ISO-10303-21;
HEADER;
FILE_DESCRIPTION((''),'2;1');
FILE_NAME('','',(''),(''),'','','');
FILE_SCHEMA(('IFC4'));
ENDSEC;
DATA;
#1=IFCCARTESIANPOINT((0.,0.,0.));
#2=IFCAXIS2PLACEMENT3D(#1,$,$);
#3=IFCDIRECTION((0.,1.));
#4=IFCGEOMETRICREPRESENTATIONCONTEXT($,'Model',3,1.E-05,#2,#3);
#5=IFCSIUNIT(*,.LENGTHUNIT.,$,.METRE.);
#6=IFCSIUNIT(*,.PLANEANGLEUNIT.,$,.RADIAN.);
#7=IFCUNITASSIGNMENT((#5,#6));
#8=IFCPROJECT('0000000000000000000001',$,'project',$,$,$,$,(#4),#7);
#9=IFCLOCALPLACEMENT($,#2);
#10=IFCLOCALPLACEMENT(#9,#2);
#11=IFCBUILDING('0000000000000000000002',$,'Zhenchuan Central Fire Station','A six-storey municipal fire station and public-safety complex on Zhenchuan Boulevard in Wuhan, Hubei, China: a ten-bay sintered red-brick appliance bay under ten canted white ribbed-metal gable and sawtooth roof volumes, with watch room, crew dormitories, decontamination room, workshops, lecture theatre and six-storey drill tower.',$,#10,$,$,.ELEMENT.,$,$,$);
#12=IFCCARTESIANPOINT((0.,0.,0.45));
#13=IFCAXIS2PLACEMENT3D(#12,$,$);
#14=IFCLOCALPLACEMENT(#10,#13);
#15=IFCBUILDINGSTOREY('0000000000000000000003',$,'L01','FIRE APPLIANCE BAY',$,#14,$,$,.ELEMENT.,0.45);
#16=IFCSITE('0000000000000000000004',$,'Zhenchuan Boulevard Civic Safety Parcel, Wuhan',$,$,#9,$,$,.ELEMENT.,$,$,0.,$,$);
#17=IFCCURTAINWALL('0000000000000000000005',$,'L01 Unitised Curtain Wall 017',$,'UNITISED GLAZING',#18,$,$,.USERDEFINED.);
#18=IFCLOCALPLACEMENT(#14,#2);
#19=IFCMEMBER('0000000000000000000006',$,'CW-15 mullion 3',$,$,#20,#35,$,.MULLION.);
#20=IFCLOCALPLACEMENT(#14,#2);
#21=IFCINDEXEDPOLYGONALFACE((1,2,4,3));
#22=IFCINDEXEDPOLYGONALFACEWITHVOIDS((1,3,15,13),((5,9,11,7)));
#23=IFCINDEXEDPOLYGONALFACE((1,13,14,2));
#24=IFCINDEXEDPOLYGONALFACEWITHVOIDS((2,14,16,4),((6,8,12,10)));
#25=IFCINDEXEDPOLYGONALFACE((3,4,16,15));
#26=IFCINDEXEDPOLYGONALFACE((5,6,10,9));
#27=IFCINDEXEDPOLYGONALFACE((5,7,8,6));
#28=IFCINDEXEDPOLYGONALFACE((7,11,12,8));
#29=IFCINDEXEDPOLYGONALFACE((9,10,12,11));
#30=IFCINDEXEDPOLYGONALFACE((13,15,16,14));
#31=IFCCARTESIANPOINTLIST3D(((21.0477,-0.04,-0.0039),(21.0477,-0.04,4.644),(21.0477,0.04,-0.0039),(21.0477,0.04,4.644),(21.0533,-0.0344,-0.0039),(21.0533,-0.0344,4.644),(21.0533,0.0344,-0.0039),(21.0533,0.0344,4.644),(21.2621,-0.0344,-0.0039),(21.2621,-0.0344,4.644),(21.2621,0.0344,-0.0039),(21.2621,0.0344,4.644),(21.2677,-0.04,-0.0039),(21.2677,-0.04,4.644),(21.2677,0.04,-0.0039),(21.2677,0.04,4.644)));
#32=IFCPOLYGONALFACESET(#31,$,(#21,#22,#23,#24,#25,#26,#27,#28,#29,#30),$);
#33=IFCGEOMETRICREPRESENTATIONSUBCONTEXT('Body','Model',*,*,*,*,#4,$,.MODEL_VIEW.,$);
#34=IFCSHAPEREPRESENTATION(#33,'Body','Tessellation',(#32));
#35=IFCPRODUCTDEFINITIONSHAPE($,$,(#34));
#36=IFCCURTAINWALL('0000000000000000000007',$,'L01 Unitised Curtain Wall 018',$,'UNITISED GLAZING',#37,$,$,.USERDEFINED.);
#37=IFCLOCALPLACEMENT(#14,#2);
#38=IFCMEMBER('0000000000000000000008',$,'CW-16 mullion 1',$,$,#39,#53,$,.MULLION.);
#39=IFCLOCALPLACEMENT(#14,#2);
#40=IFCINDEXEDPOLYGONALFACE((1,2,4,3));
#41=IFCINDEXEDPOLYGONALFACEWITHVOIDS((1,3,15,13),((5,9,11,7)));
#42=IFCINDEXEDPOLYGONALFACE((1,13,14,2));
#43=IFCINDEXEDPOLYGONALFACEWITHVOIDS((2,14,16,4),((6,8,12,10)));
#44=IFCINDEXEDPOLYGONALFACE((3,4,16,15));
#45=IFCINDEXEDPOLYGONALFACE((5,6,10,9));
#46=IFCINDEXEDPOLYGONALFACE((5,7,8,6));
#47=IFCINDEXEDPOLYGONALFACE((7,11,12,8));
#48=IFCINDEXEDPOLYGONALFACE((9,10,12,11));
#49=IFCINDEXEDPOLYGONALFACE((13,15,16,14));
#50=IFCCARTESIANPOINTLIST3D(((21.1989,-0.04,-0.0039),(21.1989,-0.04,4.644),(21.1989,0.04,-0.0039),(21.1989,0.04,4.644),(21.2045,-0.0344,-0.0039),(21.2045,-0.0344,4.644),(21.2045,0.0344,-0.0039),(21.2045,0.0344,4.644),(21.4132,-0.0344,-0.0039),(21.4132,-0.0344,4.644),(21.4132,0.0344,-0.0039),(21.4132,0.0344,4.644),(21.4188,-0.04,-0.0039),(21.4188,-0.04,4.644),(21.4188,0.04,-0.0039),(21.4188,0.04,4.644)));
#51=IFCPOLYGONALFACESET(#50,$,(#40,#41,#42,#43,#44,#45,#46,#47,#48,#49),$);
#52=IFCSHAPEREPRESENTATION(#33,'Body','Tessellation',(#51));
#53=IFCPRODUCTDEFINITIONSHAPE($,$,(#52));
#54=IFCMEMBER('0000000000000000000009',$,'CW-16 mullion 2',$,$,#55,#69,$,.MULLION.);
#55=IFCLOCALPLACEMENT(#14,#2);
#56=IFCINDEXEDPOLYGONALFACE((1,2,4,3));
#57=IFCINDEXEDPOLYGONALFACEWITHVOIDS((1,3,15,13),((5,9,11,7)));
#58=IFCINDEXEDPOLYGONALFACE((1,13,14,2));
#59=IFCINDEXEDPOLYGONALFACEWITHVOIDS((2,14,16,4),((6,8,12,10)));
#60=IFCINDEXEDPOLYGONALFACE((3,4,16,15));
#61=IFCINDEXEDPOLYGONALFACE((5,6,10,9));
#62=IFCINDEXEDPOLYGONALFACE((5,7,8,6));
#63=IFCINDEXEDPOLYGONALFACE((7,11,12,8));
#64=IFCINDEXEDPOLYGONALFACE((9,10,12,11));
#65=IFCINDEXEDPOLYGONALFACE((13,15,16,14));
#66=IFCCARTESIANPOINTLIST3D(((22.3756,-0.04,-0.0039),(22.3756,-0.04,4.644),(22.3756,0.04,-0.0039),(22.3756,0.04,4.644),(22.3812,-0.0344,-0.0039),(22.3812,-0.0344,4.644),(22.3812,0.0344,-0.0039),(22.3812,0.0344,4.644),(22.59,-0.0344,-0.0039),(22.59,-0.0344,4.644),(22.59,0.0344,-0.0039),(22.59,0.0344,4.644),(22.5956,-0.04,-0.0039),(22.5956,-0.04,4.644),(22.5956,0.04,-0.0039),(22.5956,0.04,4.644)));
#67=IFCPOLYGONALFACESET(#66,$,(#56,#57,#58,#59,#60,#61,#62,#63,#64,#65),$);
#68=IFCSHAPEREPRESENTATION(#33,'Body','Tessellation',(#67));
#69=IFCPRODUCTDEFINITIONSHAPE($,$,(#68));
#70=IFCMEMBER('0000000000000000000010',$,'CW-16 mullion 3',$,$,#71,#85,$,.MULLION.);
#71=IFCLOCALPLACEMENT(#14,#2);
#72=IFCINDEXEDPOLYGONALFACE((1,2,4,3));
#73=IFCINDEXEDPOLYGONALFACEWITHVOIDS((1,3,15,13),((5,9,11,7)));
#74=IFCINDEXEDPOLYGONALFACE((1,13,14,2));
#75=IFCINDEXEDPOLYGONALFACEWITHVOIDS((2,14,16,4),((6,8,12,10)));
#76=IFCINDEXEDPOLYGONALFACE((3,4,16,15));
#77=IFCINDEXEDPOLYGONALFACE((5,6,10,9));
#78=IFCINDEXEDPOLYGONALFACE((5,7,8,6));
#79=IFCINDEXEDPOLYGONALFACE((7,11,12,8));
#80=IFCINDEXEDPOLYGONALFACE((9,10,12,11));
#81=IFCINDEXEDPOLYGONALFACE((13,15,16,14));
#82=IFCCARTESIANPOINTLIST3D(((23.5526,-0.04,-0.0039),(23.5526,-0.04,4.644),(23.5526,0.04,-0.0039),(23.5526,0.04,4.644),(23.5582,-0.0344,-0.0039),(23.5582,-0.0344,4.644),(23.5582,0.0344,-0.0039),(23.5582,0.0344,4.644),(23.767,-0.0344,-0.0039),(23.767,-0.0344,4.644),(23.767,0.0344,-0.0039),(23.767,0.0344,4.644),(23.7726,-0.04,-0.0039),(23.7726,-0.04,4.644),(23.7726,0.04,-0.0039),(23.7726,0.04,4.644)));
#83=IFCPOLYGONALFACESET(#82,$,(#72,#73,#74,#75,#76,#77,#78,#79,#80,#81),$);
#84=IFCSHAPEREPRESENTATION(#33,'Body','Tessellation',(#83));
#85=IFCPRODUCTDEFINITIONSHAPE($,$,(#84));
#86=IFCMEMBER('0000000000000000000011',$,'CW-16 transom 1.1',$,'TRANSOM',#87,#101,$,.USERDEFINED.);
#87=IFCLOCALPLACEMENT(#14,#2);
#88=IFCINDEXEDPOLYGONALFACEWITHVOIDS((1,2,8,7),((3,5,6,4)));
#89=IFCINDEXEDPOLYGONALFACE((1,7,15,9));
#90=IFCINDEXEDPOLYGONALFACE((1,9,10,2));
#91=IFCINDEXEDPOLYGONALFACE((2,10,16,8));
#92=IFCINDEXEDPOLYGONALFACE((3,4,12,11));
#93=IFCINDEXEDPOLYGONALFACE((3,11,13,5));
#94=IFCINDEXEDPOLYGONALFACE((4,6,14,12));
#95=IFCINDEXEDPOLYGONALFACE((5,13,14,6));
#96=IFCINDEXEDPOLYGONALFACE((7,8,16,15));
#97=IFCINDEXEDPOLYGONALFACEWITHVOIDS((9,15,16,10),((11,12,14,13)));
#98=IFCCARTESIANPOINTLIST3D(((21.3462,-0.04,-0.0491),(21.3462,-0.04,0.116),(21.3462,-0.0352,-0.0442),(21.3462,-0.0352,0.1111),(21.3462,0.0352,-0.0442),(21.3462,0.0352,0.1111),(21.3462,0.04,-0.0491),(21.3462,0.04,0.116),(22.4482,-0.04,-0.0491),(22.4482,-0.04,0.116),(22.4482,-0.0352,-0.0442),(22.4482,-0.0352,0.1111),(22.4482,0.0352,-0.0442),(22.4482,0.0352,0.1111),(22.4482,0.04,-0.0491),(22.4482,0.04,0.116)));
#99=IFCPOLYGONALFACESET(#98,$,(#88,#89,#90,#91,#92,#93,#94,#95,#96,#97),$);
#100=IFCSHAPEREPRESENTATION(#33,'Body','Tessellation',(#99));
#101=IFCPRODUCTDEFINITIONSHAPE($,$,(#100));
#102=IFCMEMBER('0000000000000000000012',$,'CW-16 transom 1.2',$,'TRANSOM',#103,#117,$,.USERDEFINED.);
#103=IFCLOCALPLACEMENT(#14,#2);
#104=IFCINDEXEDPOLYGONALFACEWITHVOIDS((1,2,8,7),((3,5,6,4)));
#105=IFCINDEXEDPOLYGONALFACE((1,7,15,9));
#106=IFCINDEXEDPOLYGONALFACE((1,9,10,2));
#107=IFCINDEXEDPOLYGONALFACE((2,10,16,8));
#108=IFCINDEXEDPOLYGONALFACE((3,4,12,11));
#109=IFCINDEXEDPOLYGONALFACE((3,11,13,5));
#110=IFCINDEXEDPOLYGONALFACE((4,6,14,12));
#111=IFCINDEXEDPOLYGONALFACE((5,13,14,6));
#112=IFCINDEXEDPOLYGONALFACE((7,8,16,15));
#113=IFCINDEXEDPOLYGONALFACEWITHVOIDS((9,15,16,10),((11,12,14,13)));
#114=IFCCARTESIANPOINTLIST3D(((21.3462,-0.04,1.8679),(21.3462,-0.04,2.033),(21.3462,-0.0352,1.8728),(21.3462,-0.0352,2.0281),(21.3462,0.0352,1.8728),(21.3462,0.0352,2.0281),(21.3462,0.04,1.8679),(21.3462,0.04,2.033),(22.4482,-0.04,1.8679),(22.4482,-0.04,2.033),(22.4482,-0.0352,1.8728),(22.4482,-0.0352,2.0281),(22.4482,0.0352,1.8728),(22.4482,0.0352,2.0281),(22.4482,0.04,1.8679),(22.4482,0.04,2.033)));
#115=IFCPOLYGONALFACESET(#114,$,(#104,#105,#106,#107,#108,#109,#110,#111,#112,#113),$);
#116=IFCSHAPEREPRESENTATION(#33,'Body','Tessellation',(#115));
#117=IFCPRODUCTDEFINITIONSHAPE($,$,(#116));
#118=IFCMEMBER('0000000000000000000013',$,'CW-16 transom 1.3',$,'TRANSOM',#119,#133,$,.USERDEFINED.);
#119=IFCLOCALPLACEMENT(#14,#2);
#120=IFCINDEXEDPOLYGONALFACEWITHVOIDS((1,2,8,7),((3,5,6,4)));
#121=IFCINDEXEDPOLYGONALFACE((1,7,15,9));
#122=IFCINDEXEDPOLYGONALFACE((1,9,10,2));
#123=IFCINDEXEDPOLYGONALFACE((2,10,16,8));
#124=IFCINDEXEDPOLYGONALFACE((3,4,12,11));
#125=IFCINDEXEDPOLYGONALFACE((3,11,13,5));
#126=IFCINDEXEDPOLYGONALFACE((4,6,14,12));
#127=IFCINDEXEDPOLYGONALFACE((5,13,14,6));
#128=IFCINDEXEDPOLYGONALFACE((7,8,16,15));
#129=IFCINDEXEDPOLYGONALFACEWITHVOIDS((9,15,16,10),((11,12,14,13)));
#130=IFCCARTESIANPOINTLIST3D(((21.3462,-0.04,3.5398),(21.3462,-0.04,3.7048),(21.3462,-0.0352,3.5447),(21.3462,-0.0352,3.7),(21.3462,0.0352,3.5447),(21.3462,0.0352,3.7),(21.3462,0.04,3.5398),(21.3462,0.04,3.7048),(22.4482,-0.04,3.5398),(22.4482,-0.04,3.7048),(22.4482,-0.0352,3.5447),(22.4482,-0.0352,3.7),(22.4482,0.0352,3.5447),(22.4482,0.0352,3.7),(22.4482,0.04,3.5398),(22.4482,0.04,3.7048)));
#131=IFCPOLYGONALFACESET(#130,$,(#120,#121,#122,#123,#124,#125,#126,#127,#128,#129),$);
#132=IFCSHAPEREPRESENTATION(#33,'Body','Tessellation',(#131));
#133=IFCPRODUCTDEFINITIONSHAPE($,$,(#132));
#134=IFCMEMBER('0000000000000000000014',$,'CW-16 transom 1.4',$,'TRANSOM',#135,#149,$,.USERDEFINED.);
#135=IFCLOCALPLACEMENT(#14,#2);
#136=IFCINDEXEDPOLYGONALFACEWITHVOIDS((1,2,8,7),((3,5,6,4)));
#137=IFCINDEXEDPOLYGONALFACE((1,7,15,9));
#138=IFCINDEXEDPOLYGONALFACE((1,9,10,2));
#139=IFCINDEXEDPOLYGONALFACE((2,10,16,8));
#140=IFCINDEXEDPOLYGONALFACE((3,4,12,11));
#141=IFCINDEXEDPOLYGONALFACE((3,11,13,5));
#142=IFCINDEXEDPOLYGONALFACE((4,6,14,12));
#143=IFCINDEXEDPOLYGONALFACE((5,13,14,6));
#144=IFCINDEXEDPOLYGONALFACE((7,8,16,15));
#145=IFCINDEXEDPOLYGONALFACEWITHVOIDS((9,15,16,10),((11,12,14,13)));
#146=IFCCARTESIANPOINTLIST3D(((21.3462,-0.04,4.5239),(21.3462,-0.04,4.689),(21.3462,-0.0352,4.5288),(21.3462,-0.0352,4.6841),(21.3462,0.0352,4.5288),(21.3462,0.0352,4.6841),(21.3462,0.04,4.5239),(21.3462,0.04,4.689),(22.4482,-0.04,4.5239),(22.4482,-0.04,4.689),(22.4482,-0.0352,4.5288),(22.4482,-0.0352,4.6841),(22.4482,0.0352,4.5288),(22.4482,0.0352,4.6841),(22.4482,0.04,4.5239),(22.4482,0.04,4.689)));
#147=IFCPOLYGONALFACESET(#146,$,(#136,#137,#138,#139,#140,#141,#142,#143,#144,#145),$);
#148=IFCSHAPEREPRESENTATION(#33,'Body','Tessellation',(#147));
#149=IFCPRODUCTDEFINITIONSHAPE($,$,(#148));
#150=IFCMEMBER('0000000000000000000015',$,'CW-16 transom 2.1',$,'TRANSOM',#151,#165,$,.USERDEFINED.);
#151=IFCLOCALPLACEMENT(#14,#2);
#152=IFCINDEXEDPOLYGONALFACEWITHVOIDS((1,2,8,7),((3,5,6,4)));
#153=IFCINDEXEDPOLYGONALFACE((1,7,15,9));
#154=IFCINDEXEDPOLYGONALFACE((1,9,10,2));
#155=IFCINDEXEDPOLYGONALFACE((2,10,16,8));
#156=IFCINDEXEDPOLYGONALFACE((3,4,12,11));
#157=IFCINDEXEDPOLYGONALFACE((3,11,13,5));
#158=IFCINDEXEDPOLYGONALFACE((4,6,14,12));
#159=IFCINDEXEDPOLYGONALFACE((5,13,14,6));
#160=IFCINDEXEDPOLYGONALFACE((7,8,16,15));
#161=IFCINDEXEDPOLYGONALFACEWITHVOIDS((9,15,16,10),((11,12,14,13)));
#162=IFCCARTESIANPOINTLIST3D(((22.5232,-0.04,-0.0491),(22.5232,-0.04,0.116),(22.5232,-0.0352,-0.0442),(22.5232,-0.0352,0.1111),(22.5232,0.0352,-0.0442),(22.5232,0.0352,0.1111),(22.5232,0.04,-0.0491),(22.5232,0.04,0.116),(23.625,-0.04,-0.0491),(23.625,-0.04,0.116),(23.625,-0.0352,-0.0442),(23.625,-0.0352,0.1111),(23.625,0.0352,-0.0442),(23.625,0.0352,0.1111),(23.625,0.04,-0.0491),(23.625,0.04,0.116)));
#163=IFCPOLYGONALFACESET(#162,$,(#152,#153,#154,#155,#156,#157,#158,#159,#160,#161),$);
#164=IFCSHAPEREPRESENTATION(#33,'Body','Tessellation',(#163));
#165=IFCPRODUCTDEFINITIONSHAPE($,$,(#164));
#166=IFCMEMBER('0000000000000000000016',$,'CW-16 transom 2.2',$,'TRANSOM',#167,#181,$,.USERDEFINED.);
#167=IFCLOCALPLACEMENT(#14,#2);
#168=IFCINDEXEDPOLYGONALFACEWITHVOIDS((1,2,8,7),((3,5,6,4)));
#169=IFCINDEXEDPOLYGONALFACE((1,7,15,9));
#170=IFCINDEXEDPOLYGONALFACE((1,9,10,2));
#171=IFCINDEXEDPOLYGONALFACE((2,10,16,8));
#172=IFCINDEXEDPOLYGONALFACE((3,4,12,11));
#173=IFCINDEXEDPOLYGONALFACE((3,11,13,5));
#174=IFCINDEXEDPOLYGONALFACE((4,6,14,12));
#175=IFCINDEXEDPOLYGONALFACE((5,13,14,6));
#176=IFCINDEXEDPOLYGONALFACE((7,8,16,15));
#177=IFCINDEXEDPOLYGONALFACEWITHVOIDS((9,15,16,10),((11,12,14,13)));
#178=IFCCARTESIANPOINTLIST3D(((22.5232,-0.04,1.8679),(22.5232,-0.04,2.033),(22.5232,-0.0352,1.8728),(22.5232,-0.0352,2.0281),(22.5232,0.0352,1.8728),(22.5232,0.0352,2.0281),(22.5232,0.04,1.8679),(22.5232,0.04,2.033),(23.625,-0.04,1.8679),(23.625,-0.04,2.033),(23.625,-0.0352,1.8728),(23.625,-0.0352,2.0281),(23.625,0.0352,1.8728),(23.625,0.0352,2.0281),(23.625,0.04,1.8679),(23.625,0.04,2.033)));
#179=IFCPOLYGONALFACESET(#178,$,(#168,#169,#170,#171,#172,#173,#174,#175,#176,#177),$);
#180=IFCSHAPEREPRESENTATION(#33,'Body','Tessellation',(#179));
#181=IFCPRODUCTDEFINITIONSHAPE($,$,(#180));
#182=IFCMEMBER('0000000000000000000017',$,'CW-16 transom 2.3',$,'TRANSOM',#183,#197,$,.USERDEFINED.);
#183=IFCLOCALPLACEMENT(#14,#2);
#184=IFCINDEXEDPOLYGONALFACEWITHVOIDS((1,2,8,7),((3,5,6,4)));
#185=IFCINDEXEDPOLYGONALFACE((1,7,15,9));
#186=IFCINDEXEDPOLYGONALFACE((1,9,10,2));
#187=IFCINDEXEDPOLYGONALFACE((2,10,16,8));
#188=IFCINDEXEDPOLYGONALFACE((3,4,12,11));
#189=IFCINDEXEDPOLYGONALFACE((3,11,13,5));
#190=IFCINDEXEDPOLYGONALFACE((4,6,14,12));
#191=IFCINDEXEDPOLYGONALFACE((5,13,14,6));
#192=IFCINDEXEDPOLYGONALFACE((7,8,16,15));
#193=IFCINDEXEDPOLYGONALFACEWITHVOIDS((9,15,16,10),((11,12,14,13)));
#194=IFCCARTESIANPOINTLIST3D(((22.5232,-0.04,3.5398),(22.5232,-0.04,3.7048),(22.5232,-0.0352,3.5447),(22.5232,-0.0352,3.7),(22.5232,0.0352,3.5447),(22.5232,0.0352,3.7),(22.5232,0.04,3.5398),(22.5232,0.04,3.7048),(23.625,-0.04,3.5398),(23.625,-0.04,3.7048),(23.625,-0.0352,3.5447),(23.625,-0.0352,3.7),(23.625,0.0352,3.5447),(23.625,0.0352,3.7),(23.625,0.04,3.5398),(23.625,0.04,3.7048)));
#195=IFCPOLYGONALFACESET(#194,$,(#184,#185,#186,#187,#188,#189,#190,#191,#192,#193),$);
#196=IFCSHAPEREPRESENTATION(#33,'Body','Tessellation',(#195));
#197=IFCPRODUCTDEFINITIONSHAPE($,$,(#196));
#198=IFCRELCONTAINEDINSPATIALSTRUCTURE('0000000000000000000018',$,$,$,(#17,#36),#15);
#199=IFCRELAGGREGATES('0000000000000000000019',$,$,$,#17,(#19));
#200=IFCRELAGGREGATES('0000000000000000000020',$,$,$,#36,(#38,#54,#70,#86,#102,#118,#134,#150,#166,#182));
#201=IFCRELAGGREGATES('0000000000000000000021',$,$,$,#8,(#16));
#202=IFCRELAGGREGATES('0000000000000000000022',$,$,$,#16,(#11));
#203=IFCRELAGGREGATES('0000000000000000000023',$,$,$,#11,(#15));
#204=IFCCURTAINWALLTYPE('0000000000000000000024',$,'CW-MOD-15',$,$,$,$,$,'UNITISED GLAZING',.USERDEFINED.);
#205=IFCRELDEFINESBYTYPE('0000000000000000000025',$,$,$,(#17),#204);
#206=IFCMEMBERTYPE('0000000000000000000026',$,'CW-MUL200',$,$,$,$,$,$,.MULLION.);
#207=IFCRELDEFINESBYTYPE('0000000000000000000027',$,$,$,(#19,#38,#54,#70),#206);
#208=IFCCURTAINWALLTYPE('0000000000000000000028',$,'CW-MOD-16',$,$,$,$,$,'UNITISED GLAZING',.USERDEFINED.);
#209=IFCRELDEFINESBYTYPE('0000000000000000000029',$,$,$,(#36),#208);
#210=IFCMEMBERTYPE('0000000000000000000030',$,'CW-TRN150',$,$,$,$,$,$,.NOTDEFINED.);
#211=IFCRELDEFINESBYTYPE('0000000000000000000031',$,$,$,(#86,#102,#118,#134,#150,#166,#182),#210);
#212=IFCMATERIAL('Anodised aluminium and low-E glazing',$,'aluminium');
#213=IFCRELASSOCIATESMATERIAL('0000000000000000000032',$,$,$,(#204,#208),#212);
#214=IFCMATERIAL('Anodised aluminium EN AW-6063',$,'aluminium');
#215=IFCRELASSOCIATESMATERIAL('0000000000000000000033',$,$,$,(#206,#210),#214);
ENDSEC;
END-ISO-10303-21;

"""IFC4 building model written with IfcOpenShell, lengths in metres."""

from ifc_helpers import new_model, si_unit, direction, frame, origin, origin_2d, place, context, subcontext, project, spatial, hollow_rectangle, extrude, material, material_profile, profile_set, type_object, element, aggregate, save


model = new_model("IFC4")

# Units and contexts
model_context = context("Model", 3, precision=1e-05, world=origin(), true_north=direction((0.0, 1.0)))
body_context = subcontext(model_context, "Body", "Model", "MODEL_VIEW")
ifc_project = project(units=[si_unit("LENGTHUNIT", "METRE"), si_unit("PLANEANGLEUNIT", "RADIAN")], contexts=[model_context])

# Site, building, storey
site_placement = place(None, origin())
site = spatial("IfcSite", under=ifc_project, at=site_placement, Name="Zhenchuan Boulevard Civic Safety Parcel, Wuhan", CompositionType="ELEMENT", RefElevation=0.0)
building_placement = place(site_placement, origin())
building = spatial("IfcBuilding", under=site, at=building_placement, Name="Zhenchuan Central Fire Station", Description="A six-storey municipal fire station and public-safety complex on Zhenchuan Boulevard in Wuhan, Hubei, China: a ten-bay sintered red-brick appliance bay under ten canted white ribbed-metal gable and sawtooth roof volumes, with watch room, crew dormitories, decontamination room, workshops, lecture theatre and six-storey drill tower.", CompositionType="ELEMENT")
storey_placement = place(building_placement, frame((0.0, 0.0, 0.45)))
storey = spatial("IfcBuildingStorey", under=building, at=storey_placement, Name="L01", Description="FIRE APPLIANCE BAY", CompositionType="ELEMENT", Elevation=0.45)

# Curtain wall, member
ifc_material_1 = material(Name="Anodised aluminium and low-E glazing", Category="aluminium")
curtain_wall_type_1 = type_object("IfcCurtainWallType", Name="CW-MOD-15", ElementType="UNITISED GLAZING", PredefinedType="USERDEFINED", material=ifc_material_1)
curtain_wall_1_placement = place(storey_placement, origin())
curtain_wall_1 = element("IfcCurtainWall", 1, at=curtain_wall_1_placement, inside=storey, type_object=curtain_wall_type_1, Name="L01 Unitised Curtain Wall 017", ObjectType="UNITISED GLAZING", PredefinedType="USERDEFINED")
ifc_material_2 = material(Name="Anodised aluminium EN AW-6063", Category="aluminium")
ifc_material_profile_1 = material_profile(ifc_material_2, hollow_rectangle(XDim=0.0801, YDim=0.22, WallThickness=0.0056, at=origin_2d()), Name="ALU-M 220x80")
ifc_profile_set_1 = profile_set([ifc_material_profile_1], Name="Anodised aluminium EN AW-6063")
member_type_1 = type_object("IfcMemberType", Name="CW-MUL200", PredefinedType="MULLION", material=ifc_profile_set_1)
member_1_placement = place(storey_placement, frame((21.1577, 0.0, -0.0039), z_axis=(0.0, 0.0, 1.0), x_axis=(0.0, 1.0, 0.0)))
member_1 = element("IfcMember", 2, at=member_1_placement, type_object=member_type_1, Name="CW-15 mullion 3", PredefinedType="MULLION", context=body_context, shape_type="SweptSolid", body=[
    extrude(hollow_rectangle(XDim=0.0801, YDim=0.22, WallThickness=0.0056, at=origin_2d()), origin(), (0.0, 0.0, 1.0), 4.6479),
])

# Curtain wall, members
curtain_wall_type_2 = type_object("IfcCurtainWallType", Name="CW-MOD-16", ElementType="UNITISED GLAZING", PredefinedType="USERDEFINED", material=ifc_material_1)
curtain_wall_2_placement = place(storey_placement, origin())
curtain_wall_2 = element("IfcCurtainWall", 3, at=curtain_wall_2_placement, inside=storey, type_object=curtain_wall_type_2, Name="L01 Unitised Curtain Wall 018", ObjectType="UNITISED GLAZING", PredefinedType="USERDEFINED")
member_2_placement = place(storey_placement, frame((21.3088, 0.0, -0.0039), z_axis=(0.0, 0.0, 1.0), x_axis=(0.0, 1.0, 0.0)))
member_2 = element("IfcMember", 4, at=member_2_placement, type_object=member_type_1, Name="CW-16 mullion 1", PredefinedType="MULLION", context=body_context, shape_type="SweptSolid", body=[
    extrude(hollow_rectangle(XDim=0.0801, YDim=0.22, WallThickness=0.0056, at=origin_2d()), origin(), (0.0, 0.0, 1.0), 4.6479),
])
member_3_placement = place(storey_placement, frame((22.4856, 0.0, -0.0039), z_axis=(0.0, 0.0, 1.0), x_axis=(0.0, 1.0, 0.0)))
member_3 = element("IfcMember", 5, at=member_3_placement, type_object=member_type_1, Name="CW-16 mullion 2", PredefinedType="MULLION", context=body_context, shape_type="SweptSolid", body=[
    extrude(hollow_rectangle(XDim=0.0801, YDim=0.22, WallThickness=0.0056, at=origin_2d()), origin(), (0.0, 0.0, 1.0), 4.6479),
])
member_4_placement = place(storey_placement, frame((23.6626, 0.0, -0.0039), z_axis=(0.0, 0.0, 1.0), x_axis=(0.0, 1.0, 0.0)))
member_4 = element("IfcMember", 6, at=member_4_placement, type_object=member_type_1, Name="CW-16 mullion 3", PredefinedType="MULLION", context=body_context, shape_type="SweptSolid", body=[
    extrude(hollow_rectangle(XDim=0.0801, YDim=0.22, WallThickness=0.0056, at=origin_2d()), origin(), (0.0, 0.0, 1.0), 4.6479),
])
ifc_material_profile_2 = material_profile(ifc_material_2, hollow_rectangle(XDim=0.0801, YDim=0.165, WallThickness=0.0049, at=origin_2d()), Name="ALU-T 165x80")
ifc_profile_set_2 = profile_set([ifc_material_profile_2], Name="Anodised aluminium EN AW-6063")
member_type_2 = type_object("IfcMemberType", Name="CW-TRN150", PredefinedType="NOTDEFINED", material=ifc_profile_set_2)
member_5_placement = place(storey_placement, frame((21.3462, 0.0, 0.0334), z_axis=(1.0, 0.0, 0.0), x_axis=(0.0, 1.0, 0.0)))
member_5 = element("IfcMember", 7, at=member_5_placement, type_object=member_type_2, Name="CW-16 transom 1.1", ObjectType="TRANSOM", PredefinedType="USERDEFINED", context=body_context, shape_type="SweptSolid", body=[
    extrude(hollow_rectangle(XDim=0.0801, YDim=0.165, WallThickness=0.0049, at=origin_2d()), origin(), (0.0, 0.0, 1.0), 1.1021),
])
member_6_placement = place(storey_placement, frame((21.3462, 0.0, 1.9504), z_axis=(1.0, 0.0, 0.0), x_axis=(0.0, 1.0, 0.0)))
member_6 = element("IfcMember", 8, at=member_6_placement, type_object=member_type_2, Name="CW-16 transom 1.2", ObjectType="TRANSOM", PredefinedType="USERDEFINED", context=body_context, shape_type="SweptSolid", body=[
    extrude(hollow_rectangle(XDim=0.0801, YDim=0.165, WallThickness=0.0049, at=origin_2d()), origin(), (0.0, 0.0, 1.0), 1.1021),
])
member_7_placement = place(storey_placement, frame((21.3462, 0.0, 3.6223), z_axis=(1.0, 0.0, 0.0), x_axis=(0.0, 1.0, 0.0)))
member_7 = element("IfcMember", 9, at=member_7_placement, type_object=member_type_2, Name="CW-16 transom 1.3", ObjectType="TRANSOM", PredefinedType="USERDEFINED", context=body_context, shape_type="SweptSolid", body=[
    extrude(hollow_rectangle(XDim=0.0801, YDim=0.165, WallThickness=0.0049, at=origin_2d()), origin(), (0.0, 0.0, 1.0), 1.1021),
])
member_8_placement = place(storey_placement, frame((21.3462, 0.0, 4.6064), z_axis=(1.0, 0.0, 0.0), x_axis=(0.0, 1.0, 0.0)))
member_8 = element("IfcMember", 10, at=member_8_placement, type_object=member_type_2, Name="CW-16 transom 1.4", ObjectType="TRANSOM", PredefinedType="USERDEFINED", context=body_context, shape_type="SweptSolid", body=[
    extrude(hollow_rectangle(XDim=0.0801, YDim=0.165, WallThickness=0.0049, at=origin_2d()), origin(), (0.0, 0.0, 1.0), 1.1021),
])
member_9_placement = place(storey_placement, frame((22.5232, 0.0, 0.0334), z_axis=(1.0, 0.0, 0.0), x_axis=(0.0, 1.0, 0.0)))
member_9 = element("IfcMember", 11, at=member_9_placement, type_object=member_type_2, Name="CW-16 transom 2.1", ObjectType="TRANSOM", PredefinedType="USERDEFINED", context=body_context, shape_type="SweptSolid", body=[
    extrude(hollow_rectangle(XDim=0.0801, YDim=0.165, WallThickness=0.0049, at=origin_2d()), origin(), (0.0, 0.0, 1.0), 1.1018),
])
member_10_placement = place(storey_placement, frame((22.5232, 0.0, 1.9504), z_axis=(1.0, 0.0, 0.0), x_axis=(0.0, 1.0, 0.0)))
member_10 = element("IfcMember", 12, at=member_10_placement, type_object=member_type_2, Name="CW-16 transom 2.2", ObjectType="TRANSOM", PredefinedType="USERDEFINED", context=body_context, shape_type="SweptSolid", body=[
    extrude(hollow_rectangle(XDim=0.0801, YDim=0.165, WallThickness=0.0049, at=origin_2d()), origin(), (0.0, 0.0, 1.0), 1.1018),
])
member_11_placement = place(storey_placement, frame((22.5232, 0.0, 3.6223), z_axis=(1.0, 0.0, 0.0), x_axis=(0.0, 1.0, 0.0)))
member_11 = element("IfcMember", 13, at=member_11_placement, type_object=member_type_2, Name="CW-16 transom 2.3", ObjectType="TRANSOM", PredefinedType="USERDEFINED", context=body_context, shape_type="SweptSolid", body=[
    extrude(hollow_rectangle(XDim=0.0801, YDim=0.165, WallThickness=0.0049, at=origin_2d()), origin(), (0.0, 0.0, 1.0), 1.1018),
])

aggregate(curtain_wall_1, [member_1])
aggregate(curtain_wall_2, [member_2, member_3, member_4, member_5, member_6, member_7, member_8, member_9, member_10, member_11])

save(model, "model.ifc")
